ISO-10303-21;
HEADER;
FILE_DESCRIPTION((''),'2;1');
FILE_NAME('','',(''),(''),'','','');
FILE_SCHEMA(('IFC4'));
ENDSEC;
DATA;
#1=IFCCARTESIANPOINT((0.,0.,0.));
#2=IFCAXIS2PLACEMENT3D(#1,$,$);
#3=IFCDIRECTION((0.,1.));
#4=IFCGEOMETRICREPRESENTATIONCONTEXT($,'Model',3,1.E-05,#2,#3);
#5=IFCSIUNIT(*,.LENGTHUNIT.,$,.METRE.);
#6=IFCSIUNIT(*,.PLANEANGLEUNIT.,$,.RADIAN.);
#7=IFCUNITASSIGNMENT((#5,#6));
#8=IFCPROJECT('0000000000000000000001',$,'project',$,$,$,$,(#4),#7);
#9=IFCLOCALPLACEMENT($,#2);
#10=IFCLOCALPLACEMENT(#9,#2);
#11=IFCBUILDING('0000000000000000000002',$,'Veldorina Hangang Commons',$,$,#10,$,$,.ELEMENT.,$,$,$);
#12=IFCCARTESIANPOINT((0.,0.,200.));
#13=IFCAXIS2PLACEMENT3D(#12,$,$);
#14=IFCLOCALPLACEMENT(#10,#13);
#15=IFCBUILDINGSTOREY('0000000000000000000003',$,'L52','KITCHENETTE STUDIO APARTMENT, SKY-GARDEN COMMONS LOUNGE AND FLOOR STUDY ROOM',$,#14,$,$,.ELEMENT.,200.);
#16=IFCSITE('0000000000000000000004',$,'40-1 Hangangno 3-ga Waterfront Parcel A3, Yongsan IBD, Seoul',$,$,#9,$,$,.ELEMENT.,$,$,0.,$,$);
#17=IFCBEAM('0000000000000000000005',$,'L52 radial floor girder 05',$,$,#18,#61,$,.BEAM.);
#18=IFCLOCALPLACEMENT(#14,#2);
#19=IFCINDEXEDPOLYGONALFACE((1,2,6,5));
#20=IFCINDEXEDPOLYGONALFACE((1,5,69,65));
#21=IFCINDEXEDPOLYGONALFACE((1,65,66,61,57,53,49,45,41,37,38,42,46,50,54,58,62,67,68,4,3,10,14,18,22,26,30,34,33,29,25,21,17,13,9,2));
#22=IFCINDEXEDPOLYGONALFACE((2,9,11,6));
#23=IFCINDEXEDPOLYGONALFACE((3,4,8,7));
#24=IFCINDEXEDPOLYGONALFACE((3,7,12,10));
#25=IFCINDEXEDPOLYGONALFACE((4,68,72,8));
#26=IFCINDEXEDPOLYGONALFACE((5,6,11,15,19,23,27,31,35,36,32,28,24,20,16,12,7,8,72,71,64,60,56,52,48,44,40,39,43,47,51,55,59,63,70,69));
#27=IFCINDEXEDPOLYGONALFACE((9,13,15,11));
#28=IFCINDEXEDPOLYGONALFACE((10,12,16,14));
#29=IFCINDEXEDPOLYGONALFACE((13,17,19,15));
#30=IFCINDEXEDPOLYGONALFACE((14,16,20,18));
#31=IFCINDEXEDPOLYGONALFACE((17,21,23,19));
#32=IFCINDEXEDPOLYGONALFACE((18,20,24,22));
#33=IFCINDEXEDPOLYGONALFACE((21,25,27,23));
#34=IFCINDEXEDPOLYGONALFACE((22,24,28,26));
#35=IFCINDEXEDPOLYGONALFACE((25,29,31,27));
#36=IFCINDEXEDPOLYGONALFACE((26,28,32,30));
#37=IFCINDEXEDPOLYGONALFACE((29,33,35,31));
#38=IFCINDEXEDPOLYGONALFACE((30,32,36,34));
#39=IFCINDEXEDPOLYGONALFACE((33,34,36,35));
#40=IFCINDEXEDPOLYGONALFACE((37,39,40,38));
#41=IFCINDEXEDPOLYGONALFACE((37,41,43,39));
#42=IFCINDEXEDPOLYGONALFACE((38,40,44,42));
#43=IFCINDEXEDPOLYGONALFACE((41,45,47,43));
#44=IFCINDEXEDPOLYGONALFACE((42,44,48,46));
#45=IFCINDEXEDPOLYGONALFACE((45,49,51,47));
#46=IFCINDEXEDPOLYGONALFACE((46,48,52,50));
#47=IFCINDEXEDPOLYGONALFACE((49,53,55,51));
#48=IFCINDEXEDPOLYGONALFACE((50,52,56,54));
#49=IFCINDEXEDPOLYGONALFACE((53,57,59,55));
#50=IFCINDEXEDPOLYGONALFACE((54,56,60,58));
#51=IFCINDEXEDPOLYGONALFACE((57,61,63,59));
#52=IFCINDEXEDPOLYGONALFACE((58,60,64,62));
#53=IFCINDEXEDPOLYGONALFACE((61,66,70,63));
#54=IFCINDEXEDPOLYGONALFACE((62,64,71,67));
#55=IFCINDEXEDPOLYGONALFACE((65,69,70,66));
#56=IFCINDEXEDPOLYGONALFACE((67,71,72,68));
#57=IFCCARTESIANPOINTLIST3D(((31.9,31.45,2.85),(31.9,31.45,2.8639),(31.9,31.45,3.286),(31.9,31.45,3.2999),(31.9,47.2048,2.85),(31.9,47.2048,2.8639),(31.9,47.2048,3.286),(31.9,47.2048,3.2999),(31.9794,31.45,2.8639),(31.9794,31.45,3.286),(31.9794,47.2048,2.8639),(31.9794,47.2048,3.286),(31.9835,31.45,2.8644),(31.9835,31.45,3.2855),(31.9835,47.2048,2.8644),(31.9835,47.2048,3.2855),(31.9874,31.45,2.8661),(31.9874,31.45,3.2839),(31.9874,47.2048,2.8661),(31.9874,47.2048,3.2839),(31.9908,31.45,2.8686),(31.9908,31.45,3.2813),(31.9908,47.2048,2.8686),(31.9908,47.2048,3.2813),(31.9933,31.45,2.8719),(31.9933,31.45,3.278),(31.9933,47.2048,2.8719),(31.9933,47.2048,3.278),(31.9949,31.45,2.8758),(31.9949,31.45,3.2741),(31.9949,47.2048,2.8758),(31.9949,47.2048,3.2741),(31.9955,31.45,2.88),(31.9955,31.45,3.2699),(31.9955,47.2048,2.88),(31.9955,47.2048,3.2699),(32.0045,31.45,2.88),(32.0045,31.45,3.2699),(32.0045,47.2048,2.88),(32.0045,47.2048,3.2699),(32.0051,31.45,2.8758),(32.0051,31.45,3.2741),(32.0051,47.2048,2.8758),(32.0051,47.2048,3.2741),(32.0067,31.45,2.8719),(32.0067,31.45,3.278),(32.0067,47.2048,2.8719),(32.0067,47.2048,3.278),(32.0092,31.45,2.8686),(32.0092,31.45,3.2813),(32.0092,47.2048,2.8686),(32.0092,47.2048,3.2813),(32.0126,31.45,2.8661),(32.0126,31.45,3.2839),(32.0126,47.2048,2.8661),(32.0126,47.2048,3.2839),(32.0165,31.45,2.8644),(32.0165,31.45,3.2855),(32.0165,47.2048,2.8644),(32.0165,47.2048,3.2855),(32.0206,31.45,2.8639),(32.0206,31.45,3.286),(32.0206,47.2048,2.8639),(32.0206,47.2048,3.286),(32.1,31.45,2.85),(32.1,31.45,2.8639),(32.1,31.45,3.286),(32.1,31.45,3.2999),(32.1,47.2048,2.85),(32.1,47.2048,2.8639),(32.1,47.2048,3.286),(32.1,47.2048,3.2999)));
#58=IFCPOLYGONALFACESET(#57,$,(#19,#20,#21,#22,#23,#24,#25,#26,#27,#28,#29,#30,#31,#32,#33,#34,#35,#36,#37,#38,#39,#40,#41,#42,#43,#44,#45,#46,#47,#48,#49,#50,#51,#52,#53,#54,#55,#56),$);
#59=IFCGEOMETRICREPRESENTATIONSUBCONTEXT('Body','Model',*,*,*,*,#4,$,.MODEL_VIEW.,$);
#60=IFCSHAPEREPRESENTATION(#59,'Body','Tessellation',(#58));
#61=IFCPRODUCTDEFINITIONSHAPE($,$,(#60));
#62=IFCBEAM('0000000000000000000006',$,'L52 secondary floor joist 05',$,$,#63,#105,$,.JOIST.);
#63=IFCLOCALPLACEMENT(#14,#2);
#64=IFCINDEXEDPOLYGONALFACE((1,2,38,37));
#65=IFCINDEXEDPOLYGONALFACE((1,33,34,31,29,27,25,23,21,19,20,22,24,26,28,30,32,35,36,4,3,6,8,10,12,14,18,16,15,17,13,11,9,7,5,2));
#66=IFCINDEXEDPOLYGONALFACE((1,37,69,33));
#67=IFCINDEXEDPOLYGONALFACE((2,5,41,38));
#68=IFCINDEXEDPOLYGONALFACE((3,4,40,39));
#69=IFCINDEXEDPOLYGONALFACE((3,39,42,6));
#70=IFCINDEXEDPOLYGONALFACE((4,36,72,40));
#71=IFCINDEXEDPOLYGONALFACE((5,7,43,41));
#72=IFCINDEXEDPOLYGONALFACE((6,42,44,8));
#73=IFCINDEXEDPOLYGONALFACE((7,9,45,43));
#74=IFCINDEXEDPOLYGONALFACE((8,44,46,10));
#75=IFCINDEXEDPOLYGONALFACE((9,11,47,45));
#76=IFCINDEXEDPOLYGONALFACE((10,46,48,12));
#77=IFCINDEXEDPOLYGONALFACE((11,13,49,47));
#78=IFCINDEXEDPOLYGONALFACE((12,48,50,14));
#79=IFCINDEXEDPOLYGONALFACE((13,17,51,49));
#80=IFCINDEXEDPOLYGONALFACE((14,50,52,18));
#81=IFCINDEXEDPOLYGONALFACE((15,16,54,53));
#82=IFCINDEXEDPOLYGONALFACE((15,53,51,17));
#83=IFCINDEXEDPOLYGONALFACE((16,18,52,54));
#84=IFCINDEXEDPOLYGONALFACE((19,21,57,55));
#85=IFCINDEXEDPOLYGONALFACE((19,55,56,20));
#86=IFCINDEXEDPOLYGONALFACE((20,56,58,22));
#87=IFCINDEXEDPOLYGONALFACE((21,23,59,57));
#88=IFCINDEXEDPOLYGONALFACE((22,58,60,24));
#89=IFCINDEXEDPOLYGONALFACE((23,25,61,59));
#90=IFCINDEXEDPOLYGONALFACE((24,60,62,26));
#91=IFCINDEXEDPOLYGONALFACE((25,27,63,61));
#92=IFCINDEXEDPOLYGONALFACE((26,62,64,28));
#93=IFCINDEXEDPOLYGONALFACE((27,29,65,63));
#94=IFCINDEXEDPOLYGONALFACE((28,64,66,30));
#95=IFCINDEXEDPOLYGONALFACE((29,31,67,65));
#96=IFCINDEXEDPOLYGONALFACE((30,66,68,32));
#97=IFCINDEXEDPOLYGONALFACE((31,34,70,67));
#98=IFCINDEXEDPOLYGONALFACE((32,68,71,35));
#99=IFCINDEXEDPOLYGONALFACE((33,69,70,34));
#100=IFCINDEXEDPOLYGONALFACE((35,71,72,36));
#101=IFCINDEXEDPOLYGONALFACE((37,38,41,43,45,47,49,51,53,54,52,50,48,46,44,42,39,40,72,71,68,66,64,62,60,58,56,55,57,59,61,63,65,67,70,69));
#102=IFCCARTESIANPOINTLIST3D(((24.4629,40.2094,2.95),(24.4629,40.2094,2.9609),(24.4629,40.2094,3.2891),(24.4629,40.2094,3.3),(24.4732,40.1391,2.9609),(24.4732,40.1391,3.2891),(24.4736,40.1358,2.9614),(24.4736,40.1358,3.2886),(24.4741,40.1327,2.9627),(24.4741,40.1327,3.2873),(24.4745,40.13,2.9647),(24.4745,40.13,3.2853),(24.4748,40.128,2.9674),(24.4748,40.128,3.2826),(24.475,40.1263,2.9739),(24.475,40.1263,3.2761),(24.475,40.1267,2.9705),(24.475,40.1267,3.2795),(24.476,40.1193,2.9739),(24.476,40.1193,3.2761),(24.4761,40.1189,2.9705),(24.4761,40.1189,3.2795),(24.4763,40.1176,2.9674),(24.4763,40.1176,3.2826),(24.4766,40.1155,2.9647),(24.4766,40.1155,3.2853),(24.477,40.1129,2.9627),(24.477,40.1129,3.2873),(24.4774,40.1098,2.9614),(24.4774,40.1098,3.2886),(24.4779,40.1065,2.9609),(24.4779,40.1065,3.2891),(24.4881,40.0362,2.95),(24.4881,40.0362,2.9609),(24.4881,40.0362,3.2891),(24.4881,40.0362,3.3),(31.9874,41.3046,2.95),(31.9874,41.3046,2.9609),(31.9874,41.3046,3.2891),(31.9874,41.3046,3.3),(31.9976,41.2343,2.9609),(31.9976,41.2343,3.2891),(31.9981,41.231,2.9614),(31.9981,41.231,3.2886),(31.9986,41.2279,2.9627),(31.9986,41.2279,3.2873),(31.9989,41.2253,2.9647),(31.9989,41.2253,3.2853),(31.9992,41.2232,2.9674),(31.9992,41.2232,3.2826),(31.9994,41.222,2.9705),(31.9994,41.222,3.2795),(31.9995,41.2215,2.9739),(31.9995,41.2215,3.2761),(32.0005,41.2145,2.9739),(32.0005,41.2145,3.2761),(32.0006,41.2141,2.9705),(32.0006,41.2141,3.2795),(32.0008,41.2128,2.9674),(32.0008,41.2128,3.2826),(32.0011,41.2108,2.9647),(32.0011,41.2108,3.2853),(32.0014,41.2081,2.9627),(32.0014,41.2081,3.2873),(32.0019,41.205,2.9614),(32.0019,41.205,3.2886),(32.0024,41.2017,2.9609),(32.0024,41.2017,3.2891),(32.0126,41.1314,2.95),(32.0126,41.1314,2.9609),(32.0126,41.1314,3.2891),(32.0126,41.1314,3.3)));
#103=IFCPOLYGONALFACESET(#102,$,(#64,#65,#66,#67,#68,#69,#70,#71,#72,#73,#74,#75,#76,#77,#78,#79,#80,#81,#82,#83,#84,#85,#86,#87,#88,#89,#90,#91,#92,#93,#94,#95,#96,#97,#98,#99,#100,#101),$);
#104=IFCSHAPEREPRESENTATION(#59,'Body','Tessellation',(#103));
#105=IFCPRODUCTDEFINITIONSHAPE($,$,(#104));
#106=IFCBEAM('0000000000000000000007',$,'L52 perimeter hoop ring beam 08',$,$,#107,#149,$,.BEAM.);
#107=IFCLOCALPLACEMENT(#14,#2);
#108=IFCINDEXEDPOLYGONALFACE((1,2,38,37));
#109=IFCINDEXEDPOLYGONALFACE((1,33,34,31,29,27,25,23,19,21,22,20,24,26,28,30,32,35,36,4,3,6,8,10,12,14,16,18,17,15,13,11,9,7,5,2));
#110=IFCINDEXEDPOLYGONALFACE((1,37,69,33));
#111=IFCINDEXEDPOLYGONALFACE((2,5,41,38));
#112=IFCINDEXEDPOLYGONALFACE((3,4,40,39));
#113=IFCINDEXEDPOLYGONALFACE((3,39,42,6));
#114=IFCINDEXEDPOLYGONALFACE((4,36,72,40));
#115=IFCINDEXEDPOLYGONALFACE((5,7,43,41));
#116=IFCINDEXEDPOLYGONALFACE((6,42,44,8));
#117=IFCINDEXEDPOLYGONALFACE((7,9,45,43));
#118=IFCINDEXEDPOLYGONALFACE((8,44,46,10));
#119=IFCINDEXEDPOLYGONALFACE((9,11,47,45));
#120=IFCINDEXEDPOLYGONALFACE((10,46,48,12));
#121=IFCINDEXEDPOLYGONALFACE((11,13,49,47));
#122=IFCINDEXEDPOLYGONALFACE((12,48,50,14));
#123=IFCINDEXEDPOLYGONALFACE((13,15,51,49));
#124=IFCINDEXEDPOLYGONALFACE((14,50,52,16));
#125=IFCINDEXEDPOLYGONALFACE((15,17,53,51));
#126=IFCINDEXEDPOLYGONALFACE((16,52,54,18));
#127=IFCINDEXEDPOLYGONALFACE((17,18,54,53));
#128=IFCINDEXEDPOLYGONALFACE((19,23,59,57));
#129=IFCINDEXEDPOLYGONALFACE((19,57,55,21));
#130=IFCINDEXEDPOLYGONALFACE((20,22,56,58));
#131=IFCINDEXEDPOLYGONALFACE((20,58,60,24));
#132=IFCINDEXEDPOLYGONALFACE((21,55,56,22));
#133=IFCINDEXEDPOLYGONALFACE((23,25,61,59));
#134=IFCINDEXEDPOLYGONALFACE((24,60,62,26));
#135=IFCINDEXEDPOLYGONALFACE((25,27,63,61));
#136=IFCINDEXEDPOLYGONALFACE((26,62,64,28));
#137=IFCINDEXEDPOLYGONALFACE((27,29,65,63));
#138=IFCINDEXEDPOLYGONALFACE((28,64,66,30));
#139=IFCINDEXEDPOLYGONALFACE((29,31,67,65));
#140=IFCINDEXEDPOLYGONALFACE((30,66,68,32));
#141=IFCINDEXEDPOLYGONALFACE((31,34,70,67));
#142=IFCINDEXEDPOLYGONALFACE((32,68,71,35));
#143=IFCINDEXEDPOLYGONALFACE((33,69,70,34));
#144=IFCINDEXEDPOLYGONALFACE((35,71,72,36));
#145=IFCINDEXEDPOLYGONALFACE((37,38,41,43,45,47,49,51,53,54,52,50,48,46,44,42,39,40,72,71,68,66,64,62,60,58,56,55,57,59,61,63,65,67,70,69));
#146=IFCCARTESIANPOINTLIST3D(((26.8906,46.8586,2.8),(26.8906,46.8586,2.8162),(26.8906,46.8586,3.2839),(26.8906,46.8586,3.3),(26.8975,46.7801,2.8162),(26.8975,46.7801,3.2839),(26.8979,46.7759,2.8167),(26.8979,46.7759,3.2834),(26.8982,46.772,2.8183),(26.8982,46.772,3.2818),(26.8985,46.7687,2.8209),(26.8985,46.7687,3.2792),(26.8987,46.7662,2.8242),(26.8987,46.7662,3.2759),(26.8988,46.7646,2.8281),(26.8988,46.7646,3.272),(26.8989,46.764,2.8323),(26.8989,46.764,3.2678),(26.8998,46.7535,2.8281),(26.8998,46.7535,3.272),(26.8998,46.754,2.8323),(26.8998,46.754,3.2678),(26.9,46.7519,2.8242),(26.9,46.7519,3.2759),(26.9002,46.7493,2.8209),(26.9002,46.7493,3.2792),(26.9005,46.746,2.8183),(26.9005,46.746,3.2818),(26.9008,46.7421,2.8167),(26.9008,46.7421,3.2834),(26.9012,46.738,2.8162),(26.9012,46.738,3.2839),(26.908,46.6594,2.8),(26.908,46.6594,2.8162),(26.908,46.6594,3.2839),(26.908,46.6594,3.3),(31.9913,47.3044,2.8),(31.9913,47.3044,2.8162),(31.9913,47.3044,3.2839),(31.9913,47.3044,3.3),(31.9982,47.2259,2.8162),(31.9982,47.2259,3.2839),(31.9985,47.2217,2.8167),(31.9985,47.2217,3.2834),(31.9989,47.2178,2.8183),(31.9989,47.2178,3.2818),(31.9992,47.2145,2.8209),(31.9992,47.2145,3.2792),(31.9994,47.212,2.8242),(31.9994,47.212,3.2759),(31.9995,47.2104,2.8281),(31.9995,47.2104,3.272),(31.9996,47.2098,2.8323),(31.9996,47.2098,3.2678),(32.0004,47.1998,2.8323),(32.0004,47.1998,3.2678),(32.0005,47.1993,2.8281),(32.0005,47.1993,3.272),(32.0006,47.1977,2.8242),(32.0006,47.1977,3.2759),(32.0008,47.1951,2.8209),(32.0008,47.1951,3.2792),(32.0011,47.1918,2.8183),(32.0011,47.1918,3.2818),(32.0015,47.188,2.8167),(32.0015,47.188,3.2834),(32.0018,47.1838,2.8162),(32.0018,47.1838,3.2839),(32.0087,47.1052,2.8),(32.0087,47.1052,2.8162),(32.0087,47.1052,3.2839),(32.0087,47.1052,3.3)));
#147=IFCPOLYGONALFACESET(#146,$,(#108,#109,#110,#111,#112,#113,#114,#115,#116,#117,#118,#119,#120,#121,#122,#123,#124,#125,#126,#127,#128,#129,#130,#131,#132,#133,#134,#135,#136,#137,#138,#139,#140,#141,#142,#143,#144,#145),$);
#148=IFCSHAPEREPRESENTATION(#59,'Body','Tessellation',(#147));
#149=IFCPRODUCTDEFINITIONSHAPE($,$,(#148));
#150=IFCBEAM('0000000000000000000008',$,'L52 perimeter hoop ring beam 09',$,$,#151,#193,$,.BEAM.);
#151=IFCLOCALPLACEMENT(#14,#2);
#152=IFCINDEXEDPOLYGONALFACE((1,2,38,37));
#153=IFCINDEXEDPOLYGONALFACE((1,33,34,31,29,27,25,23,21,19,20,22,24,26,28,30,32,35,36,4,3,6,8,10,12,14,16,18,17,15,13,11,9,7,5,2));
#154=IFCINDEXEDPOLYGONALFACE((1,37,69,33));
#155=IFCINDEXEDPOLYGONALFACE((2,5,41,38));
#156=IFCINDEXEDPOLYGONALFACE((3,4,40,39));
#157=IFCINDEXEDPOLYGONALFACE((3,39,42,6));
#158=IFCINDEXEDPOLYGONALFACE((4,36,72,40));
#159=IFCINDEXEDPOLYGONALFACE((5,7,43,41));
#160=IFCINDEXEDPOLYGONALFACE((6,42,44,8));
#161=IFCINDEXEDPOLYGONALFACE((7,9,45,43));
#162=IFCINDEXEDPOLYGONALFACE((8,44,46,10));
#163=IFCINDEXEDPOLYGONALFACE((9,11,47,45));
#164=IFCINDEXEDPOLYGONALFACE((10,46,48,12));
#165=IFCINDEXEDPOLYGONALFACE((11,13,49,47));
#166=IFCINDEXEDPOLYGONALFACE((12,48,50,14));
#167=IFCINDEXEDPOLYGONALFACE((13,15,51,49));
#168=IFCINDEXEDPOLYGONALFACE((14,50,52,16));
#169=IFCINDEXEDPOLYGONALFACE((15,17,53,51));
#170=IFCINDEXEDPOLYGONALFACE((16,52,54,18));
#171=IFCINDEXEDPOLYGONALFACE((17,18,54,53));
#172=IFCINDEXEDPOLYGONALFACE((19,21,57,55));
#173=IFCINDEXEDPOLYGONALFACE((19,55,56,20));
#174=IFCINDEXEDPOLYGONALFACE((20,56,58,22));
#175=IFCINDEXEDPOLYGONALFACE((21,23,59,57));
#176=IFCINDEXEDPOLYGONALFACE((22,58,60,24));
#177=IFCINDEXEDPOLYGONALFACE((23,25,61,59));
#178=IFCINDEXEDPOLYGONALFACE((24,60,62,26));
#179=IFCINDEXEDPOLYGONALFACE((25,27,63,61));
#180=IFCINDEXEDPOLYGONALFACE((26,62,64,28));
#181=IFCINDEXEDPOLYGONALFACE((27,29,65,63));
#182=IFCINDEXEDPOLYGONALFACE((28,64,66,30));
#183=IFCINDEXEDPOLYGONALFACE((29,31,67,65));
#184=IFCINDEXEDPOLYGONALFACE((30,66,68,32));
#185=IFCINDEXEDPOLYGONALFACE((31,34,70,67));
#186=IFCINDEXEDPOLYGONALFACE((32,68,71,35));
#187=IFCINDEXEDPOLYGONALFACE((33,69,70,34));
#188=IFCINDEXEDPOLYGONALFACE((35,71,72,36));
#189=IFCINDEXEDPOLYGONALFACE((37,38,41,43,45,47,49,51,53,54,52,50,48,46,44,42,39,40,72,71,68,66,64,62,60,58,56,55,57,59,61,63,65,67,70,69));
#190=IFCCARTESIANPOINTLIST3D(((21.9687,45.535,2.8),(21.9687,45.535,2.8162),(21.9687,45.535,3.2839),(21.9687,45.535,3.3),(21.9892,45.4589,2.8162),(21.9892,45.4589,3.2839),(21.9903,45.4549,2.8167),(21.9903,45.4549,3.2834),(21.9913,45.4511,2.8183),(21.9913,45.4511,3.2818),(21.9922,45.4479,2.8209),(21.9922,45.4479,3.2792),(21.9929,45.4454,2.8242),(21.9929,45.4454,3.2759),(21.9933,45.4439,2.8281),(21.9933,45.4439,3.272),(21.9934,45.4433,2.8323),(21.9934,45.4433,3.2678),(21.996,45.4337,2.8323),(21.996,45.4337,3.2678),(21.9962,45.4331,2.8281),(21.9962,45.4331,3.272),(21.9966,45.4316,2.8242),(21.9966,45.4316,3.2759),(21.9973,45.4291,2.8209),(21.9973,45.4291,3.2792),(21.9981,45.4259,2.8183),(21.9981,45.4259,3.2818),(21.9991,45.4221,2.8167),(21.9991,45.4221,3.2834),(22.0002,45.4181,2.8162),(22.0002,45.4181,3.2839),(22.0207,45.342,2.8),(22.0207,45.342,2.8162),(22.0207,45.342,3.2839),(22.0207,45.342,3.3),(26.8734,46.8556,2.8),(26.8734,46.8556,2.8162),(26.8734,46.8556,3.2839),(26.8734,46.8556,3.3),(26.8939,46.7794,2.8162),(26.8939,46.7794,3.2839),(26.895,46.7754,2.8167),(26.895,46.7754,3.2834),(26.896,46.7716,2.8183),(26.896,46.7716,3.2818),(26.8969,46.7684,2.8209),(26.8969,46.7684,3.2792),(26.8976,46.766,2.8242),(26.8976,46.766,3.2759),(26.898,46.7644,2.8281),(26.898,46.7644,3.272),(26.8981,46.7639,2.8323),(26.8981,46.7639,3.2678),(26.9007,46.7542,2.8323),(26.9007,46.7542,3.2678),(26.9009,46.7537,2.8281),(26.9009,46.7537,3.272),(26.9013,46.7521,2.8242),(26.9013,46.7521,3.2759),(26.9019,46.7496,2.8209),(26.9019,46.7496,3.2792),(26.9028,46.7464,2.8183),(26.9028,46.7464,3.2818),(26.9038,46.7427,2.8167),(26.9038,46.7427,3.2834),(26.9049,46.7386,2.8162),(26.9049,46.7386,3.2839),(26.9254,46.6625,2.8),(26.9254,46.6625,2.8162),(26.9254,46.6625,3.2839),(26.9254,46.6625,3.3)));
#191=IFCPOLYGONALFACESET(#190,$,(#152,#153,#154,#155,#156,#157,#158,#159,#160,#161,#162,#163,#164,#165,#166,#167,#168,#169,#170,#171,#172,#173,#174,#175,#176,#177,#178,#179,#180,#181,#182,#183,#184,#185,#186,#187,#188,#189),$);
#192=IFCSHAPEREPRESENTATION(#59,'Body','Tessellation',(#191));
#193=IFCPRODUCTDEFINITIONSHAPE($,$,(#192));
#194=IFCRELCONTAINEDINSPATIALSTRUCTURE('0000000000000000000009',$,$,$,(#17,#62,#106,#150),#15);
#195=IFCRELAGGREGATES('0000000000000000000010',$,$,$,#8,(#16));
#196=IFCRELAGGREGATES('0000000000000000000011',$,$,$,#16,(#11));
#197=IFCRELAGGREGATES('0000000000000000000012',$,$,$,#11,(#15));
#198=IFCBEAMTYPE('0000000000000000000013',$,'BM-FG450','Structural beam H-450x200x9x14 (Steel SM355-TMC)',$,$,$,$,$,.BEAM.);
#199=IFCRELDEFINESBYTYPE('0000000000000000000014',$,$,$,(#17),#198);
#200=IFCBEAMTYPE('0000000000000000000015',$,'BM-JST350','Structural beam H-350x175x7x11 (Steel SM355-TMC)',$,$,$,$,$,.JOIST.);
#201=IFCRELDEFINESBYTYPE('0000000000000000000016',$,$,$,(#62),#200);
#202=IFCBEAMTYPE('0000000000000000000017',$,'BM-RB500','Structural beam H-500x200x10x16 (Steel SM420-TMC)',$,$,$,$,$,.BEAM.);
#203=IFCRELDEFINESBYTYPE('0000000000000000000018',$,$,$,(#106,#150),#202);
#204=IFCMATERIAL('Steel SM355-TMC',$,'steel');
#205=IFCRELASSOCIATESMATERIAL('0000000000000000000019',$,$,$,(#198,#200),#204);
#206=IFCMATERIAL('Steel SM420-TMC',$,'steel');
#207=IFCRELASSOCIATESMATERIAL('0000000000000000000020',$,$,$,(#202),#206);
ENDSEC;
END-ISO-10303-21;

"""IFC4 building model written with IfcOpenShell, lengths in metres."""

from ifc_helpers import new_model, si_unit, direction, frame, origin, origin_2d, place, context, subcontext, project, spatial, i_section, extrude, material, material_profile, profile_set, type_object, element, save


model = new_model("IFC4")

# Units and contexts
model_context = context("Model", 3, precision=1e-05, world=origin(), true_north=direction((0.0, 1.0)))
body_context = subcontext(model_context, "Body", "Model", "MODEL_VIEW")
ifc_project = project(units=[si_unit("LENGTHUNIT", "METRE"), si_unit("PLANEANGLEUNIT", "RADIAN")], contexts=[model_context])

# Site, building, storey
site_placement = place(None, origin())
site = spatial("IfcSite", under=ifc_project, at=site_placement, Name="40-1 Hangangno 3-ga Waterfront Parcel A3, Yongsan IBD, Seoul", CompositionType="ELEMENT", RefElevation=0.0)
building_placement = place(site_placement, origin())
building = spatial("IfcBuilding", under=site, at=building_placement, Name="Veldorina Hangang Commons", CompositionType="ELEMENT")
storey_placement = place(building_placement, frame((0.0, 0.0, 200.0)))
storey = spatial("IfcBuildingStorey", under=building, at=storey_placement, Name="L52", Description="KITCHENETTE STUDIO APARTMENT, SKY-GARDEN COMMONS LOUNGE AND FLOOR STUDY ROOM", CompositionType="ELEMENT", Elevation=200.0)

# Beams
ifc_material_1 = material(Name="Steel SM355-TMC", Category="steel")
ifc_material_profile_1 = material_profile(ifc_material_1, i_section(OverallWidth=0.2, OverallDepth=0.45, WebThickness=0.009, FlangeThickness=0.0139, FilletRadius=0.0161, at=origin_2d()), Name="H-450x200x9x14")
ifc_profile_set_1 = profile_set([ifc_material_profile_1], Name="Steel SM355-TMC")
beam_type_1 = type_object("IfcBeamType", Name="BM-FG450", Description="Structural beam H-450x200x9x14 (Steel SM355-TMC)", PredefinedType="BEAM", material=ifc_profile_set_1)
beam_1_placement = place(storey_placement, frame((32.0, 31.45, 3.075), z_axis=(0.0, 1.0, 0.0), x_axis=(-1.0, 0.0, 0.0)))
element("IfcBeam", 1, at=beam_1_placement, inside=storey, type_object=beam_type_1, Name="L52 radial floor girder 05", PredefinedType="BEAM", context=body_context, shape_type="SweptSolid", body=[
    extrude(i_section(OverallWidth=0.2, OverallDepth=0.45, WebThickness=0.009, FlangeThickness=0.0139, FilletRadius=0.0161, at=origin_2d()), origin(), (0.0, 0.0, 1.0), 15.7549),
])
ifc_material_profile_2 = material_profile(ifc_material_1, i_section(OverallWidth=0.175, OverallDepth=0.3501, WebThickness=0.0071, FlangeThickness=0.011, FilletRadius=0.0129, at=origin_2d()), Name="H-350x175x7x11")
ifc_profile_set_2 = profile_set([ifc_material_profile_2], Name="Steel SM355-TMC")
beam_type_2 = type_object("IfcBeamType", Name="BM-JST350", Description="Structural beam H-350x175x7x11 (Steel SM355-TMC)", PredefinedType="JOIST", material=ifc_profile_set_2)
beam_2_placement = place(storey_placement, frame((32.0, 41.218, 3.125), z_axis=(-0.989572, -0.144037, 0.0), x_axis=(0.144037, -0.989572, 0.0)))
element("IfcBeam", 2, at=beam_2_placement, inside=storey, type_object=beam_type_2, Name="L52 secondary floor joist 05", PredefinedType="JOIST", context=body_context, shape_type="SweptSolid", body=[
    extrude(i_section(OverallWidth=0.175, OverallDepth=0.3501, WebThickness=0.0071, FlangeThickness=0.011, FilletRadius=0.0129, at=origin_2d()), origin(), (0.0, 0.0, 1.0), 7.6038),
])
ifc_material_2 = material(Name="Steel SM420-TMC", Category="steel")
ifc_material_profile_3 = material_profile(ifc_material_2, i_section(OverallWidth=0.2, OverallDepth=0.5, WebThickness=0.01, FlangeThickness=0.0161, FilletRadius=0.0161, at=origin_2d()), Name="H-500x200x10x16")
ifc_profile_set_3 = profile_set([ifc_material_profile_3], Name="Steel SM420-TMC")
beam_type_3 = type_object("IfcBeamType", Name="BM-RB500", Description="Structural beam H-500x200x10x16 (Steel SM420-TMC)", PredefinedType="BEAM", material=ifc_profile_set_3)
beam_3_placement = place(storey_placement, frame((32.0, 47.2048, 3.05), z_axis=(-0.996202, -0.08707, 0.0), x_axis=(0.08707, -0.996202, 0.0)))
element("IfcBeam", 3, at=beam_3_placement, inside=storey, type_object=beam_type_3, Name="L52 perimeter hoop ring beam 08", PredefinedType="BEAM", context=body_context, shape_type="SweptSolid", body=[
    extrude(i_section(OverallWidth=0.2, OverallDepth=0.5, WebThickness=0.01, FlangeThickness=0.0161, FilletRadius=0.0161, at=origin_2d()), origin(), (0.0, 0.0, 1.0), 5.1201),
])
beam_4_placement = place(storey_placement, frame((26.8994, 46.759, 3.05), z_axis=(-0.965614, -0.25998, 0.0), x_axis=(0.25998, -0.965614, 0.0)))
element("IfcBeam", 4, at=beam_4_placement, inside=storey, type_object=beam_type_3, Name="L52 perimeter hoop ring beam 09", PredefinedType="BEAM", context=body_context, shape_type="SweptSolid", body=[
    extrude(i_section(OverallWidth=0.2, OverallDepth=0.5, WebThickness=0.01, FlangeThickness=0.0161, FilletRadius=0.0161, at=origin_2d()), origin(), (0.0, 0.0, 1.0), 5.0793),
])

save(model, "model.ifc")
